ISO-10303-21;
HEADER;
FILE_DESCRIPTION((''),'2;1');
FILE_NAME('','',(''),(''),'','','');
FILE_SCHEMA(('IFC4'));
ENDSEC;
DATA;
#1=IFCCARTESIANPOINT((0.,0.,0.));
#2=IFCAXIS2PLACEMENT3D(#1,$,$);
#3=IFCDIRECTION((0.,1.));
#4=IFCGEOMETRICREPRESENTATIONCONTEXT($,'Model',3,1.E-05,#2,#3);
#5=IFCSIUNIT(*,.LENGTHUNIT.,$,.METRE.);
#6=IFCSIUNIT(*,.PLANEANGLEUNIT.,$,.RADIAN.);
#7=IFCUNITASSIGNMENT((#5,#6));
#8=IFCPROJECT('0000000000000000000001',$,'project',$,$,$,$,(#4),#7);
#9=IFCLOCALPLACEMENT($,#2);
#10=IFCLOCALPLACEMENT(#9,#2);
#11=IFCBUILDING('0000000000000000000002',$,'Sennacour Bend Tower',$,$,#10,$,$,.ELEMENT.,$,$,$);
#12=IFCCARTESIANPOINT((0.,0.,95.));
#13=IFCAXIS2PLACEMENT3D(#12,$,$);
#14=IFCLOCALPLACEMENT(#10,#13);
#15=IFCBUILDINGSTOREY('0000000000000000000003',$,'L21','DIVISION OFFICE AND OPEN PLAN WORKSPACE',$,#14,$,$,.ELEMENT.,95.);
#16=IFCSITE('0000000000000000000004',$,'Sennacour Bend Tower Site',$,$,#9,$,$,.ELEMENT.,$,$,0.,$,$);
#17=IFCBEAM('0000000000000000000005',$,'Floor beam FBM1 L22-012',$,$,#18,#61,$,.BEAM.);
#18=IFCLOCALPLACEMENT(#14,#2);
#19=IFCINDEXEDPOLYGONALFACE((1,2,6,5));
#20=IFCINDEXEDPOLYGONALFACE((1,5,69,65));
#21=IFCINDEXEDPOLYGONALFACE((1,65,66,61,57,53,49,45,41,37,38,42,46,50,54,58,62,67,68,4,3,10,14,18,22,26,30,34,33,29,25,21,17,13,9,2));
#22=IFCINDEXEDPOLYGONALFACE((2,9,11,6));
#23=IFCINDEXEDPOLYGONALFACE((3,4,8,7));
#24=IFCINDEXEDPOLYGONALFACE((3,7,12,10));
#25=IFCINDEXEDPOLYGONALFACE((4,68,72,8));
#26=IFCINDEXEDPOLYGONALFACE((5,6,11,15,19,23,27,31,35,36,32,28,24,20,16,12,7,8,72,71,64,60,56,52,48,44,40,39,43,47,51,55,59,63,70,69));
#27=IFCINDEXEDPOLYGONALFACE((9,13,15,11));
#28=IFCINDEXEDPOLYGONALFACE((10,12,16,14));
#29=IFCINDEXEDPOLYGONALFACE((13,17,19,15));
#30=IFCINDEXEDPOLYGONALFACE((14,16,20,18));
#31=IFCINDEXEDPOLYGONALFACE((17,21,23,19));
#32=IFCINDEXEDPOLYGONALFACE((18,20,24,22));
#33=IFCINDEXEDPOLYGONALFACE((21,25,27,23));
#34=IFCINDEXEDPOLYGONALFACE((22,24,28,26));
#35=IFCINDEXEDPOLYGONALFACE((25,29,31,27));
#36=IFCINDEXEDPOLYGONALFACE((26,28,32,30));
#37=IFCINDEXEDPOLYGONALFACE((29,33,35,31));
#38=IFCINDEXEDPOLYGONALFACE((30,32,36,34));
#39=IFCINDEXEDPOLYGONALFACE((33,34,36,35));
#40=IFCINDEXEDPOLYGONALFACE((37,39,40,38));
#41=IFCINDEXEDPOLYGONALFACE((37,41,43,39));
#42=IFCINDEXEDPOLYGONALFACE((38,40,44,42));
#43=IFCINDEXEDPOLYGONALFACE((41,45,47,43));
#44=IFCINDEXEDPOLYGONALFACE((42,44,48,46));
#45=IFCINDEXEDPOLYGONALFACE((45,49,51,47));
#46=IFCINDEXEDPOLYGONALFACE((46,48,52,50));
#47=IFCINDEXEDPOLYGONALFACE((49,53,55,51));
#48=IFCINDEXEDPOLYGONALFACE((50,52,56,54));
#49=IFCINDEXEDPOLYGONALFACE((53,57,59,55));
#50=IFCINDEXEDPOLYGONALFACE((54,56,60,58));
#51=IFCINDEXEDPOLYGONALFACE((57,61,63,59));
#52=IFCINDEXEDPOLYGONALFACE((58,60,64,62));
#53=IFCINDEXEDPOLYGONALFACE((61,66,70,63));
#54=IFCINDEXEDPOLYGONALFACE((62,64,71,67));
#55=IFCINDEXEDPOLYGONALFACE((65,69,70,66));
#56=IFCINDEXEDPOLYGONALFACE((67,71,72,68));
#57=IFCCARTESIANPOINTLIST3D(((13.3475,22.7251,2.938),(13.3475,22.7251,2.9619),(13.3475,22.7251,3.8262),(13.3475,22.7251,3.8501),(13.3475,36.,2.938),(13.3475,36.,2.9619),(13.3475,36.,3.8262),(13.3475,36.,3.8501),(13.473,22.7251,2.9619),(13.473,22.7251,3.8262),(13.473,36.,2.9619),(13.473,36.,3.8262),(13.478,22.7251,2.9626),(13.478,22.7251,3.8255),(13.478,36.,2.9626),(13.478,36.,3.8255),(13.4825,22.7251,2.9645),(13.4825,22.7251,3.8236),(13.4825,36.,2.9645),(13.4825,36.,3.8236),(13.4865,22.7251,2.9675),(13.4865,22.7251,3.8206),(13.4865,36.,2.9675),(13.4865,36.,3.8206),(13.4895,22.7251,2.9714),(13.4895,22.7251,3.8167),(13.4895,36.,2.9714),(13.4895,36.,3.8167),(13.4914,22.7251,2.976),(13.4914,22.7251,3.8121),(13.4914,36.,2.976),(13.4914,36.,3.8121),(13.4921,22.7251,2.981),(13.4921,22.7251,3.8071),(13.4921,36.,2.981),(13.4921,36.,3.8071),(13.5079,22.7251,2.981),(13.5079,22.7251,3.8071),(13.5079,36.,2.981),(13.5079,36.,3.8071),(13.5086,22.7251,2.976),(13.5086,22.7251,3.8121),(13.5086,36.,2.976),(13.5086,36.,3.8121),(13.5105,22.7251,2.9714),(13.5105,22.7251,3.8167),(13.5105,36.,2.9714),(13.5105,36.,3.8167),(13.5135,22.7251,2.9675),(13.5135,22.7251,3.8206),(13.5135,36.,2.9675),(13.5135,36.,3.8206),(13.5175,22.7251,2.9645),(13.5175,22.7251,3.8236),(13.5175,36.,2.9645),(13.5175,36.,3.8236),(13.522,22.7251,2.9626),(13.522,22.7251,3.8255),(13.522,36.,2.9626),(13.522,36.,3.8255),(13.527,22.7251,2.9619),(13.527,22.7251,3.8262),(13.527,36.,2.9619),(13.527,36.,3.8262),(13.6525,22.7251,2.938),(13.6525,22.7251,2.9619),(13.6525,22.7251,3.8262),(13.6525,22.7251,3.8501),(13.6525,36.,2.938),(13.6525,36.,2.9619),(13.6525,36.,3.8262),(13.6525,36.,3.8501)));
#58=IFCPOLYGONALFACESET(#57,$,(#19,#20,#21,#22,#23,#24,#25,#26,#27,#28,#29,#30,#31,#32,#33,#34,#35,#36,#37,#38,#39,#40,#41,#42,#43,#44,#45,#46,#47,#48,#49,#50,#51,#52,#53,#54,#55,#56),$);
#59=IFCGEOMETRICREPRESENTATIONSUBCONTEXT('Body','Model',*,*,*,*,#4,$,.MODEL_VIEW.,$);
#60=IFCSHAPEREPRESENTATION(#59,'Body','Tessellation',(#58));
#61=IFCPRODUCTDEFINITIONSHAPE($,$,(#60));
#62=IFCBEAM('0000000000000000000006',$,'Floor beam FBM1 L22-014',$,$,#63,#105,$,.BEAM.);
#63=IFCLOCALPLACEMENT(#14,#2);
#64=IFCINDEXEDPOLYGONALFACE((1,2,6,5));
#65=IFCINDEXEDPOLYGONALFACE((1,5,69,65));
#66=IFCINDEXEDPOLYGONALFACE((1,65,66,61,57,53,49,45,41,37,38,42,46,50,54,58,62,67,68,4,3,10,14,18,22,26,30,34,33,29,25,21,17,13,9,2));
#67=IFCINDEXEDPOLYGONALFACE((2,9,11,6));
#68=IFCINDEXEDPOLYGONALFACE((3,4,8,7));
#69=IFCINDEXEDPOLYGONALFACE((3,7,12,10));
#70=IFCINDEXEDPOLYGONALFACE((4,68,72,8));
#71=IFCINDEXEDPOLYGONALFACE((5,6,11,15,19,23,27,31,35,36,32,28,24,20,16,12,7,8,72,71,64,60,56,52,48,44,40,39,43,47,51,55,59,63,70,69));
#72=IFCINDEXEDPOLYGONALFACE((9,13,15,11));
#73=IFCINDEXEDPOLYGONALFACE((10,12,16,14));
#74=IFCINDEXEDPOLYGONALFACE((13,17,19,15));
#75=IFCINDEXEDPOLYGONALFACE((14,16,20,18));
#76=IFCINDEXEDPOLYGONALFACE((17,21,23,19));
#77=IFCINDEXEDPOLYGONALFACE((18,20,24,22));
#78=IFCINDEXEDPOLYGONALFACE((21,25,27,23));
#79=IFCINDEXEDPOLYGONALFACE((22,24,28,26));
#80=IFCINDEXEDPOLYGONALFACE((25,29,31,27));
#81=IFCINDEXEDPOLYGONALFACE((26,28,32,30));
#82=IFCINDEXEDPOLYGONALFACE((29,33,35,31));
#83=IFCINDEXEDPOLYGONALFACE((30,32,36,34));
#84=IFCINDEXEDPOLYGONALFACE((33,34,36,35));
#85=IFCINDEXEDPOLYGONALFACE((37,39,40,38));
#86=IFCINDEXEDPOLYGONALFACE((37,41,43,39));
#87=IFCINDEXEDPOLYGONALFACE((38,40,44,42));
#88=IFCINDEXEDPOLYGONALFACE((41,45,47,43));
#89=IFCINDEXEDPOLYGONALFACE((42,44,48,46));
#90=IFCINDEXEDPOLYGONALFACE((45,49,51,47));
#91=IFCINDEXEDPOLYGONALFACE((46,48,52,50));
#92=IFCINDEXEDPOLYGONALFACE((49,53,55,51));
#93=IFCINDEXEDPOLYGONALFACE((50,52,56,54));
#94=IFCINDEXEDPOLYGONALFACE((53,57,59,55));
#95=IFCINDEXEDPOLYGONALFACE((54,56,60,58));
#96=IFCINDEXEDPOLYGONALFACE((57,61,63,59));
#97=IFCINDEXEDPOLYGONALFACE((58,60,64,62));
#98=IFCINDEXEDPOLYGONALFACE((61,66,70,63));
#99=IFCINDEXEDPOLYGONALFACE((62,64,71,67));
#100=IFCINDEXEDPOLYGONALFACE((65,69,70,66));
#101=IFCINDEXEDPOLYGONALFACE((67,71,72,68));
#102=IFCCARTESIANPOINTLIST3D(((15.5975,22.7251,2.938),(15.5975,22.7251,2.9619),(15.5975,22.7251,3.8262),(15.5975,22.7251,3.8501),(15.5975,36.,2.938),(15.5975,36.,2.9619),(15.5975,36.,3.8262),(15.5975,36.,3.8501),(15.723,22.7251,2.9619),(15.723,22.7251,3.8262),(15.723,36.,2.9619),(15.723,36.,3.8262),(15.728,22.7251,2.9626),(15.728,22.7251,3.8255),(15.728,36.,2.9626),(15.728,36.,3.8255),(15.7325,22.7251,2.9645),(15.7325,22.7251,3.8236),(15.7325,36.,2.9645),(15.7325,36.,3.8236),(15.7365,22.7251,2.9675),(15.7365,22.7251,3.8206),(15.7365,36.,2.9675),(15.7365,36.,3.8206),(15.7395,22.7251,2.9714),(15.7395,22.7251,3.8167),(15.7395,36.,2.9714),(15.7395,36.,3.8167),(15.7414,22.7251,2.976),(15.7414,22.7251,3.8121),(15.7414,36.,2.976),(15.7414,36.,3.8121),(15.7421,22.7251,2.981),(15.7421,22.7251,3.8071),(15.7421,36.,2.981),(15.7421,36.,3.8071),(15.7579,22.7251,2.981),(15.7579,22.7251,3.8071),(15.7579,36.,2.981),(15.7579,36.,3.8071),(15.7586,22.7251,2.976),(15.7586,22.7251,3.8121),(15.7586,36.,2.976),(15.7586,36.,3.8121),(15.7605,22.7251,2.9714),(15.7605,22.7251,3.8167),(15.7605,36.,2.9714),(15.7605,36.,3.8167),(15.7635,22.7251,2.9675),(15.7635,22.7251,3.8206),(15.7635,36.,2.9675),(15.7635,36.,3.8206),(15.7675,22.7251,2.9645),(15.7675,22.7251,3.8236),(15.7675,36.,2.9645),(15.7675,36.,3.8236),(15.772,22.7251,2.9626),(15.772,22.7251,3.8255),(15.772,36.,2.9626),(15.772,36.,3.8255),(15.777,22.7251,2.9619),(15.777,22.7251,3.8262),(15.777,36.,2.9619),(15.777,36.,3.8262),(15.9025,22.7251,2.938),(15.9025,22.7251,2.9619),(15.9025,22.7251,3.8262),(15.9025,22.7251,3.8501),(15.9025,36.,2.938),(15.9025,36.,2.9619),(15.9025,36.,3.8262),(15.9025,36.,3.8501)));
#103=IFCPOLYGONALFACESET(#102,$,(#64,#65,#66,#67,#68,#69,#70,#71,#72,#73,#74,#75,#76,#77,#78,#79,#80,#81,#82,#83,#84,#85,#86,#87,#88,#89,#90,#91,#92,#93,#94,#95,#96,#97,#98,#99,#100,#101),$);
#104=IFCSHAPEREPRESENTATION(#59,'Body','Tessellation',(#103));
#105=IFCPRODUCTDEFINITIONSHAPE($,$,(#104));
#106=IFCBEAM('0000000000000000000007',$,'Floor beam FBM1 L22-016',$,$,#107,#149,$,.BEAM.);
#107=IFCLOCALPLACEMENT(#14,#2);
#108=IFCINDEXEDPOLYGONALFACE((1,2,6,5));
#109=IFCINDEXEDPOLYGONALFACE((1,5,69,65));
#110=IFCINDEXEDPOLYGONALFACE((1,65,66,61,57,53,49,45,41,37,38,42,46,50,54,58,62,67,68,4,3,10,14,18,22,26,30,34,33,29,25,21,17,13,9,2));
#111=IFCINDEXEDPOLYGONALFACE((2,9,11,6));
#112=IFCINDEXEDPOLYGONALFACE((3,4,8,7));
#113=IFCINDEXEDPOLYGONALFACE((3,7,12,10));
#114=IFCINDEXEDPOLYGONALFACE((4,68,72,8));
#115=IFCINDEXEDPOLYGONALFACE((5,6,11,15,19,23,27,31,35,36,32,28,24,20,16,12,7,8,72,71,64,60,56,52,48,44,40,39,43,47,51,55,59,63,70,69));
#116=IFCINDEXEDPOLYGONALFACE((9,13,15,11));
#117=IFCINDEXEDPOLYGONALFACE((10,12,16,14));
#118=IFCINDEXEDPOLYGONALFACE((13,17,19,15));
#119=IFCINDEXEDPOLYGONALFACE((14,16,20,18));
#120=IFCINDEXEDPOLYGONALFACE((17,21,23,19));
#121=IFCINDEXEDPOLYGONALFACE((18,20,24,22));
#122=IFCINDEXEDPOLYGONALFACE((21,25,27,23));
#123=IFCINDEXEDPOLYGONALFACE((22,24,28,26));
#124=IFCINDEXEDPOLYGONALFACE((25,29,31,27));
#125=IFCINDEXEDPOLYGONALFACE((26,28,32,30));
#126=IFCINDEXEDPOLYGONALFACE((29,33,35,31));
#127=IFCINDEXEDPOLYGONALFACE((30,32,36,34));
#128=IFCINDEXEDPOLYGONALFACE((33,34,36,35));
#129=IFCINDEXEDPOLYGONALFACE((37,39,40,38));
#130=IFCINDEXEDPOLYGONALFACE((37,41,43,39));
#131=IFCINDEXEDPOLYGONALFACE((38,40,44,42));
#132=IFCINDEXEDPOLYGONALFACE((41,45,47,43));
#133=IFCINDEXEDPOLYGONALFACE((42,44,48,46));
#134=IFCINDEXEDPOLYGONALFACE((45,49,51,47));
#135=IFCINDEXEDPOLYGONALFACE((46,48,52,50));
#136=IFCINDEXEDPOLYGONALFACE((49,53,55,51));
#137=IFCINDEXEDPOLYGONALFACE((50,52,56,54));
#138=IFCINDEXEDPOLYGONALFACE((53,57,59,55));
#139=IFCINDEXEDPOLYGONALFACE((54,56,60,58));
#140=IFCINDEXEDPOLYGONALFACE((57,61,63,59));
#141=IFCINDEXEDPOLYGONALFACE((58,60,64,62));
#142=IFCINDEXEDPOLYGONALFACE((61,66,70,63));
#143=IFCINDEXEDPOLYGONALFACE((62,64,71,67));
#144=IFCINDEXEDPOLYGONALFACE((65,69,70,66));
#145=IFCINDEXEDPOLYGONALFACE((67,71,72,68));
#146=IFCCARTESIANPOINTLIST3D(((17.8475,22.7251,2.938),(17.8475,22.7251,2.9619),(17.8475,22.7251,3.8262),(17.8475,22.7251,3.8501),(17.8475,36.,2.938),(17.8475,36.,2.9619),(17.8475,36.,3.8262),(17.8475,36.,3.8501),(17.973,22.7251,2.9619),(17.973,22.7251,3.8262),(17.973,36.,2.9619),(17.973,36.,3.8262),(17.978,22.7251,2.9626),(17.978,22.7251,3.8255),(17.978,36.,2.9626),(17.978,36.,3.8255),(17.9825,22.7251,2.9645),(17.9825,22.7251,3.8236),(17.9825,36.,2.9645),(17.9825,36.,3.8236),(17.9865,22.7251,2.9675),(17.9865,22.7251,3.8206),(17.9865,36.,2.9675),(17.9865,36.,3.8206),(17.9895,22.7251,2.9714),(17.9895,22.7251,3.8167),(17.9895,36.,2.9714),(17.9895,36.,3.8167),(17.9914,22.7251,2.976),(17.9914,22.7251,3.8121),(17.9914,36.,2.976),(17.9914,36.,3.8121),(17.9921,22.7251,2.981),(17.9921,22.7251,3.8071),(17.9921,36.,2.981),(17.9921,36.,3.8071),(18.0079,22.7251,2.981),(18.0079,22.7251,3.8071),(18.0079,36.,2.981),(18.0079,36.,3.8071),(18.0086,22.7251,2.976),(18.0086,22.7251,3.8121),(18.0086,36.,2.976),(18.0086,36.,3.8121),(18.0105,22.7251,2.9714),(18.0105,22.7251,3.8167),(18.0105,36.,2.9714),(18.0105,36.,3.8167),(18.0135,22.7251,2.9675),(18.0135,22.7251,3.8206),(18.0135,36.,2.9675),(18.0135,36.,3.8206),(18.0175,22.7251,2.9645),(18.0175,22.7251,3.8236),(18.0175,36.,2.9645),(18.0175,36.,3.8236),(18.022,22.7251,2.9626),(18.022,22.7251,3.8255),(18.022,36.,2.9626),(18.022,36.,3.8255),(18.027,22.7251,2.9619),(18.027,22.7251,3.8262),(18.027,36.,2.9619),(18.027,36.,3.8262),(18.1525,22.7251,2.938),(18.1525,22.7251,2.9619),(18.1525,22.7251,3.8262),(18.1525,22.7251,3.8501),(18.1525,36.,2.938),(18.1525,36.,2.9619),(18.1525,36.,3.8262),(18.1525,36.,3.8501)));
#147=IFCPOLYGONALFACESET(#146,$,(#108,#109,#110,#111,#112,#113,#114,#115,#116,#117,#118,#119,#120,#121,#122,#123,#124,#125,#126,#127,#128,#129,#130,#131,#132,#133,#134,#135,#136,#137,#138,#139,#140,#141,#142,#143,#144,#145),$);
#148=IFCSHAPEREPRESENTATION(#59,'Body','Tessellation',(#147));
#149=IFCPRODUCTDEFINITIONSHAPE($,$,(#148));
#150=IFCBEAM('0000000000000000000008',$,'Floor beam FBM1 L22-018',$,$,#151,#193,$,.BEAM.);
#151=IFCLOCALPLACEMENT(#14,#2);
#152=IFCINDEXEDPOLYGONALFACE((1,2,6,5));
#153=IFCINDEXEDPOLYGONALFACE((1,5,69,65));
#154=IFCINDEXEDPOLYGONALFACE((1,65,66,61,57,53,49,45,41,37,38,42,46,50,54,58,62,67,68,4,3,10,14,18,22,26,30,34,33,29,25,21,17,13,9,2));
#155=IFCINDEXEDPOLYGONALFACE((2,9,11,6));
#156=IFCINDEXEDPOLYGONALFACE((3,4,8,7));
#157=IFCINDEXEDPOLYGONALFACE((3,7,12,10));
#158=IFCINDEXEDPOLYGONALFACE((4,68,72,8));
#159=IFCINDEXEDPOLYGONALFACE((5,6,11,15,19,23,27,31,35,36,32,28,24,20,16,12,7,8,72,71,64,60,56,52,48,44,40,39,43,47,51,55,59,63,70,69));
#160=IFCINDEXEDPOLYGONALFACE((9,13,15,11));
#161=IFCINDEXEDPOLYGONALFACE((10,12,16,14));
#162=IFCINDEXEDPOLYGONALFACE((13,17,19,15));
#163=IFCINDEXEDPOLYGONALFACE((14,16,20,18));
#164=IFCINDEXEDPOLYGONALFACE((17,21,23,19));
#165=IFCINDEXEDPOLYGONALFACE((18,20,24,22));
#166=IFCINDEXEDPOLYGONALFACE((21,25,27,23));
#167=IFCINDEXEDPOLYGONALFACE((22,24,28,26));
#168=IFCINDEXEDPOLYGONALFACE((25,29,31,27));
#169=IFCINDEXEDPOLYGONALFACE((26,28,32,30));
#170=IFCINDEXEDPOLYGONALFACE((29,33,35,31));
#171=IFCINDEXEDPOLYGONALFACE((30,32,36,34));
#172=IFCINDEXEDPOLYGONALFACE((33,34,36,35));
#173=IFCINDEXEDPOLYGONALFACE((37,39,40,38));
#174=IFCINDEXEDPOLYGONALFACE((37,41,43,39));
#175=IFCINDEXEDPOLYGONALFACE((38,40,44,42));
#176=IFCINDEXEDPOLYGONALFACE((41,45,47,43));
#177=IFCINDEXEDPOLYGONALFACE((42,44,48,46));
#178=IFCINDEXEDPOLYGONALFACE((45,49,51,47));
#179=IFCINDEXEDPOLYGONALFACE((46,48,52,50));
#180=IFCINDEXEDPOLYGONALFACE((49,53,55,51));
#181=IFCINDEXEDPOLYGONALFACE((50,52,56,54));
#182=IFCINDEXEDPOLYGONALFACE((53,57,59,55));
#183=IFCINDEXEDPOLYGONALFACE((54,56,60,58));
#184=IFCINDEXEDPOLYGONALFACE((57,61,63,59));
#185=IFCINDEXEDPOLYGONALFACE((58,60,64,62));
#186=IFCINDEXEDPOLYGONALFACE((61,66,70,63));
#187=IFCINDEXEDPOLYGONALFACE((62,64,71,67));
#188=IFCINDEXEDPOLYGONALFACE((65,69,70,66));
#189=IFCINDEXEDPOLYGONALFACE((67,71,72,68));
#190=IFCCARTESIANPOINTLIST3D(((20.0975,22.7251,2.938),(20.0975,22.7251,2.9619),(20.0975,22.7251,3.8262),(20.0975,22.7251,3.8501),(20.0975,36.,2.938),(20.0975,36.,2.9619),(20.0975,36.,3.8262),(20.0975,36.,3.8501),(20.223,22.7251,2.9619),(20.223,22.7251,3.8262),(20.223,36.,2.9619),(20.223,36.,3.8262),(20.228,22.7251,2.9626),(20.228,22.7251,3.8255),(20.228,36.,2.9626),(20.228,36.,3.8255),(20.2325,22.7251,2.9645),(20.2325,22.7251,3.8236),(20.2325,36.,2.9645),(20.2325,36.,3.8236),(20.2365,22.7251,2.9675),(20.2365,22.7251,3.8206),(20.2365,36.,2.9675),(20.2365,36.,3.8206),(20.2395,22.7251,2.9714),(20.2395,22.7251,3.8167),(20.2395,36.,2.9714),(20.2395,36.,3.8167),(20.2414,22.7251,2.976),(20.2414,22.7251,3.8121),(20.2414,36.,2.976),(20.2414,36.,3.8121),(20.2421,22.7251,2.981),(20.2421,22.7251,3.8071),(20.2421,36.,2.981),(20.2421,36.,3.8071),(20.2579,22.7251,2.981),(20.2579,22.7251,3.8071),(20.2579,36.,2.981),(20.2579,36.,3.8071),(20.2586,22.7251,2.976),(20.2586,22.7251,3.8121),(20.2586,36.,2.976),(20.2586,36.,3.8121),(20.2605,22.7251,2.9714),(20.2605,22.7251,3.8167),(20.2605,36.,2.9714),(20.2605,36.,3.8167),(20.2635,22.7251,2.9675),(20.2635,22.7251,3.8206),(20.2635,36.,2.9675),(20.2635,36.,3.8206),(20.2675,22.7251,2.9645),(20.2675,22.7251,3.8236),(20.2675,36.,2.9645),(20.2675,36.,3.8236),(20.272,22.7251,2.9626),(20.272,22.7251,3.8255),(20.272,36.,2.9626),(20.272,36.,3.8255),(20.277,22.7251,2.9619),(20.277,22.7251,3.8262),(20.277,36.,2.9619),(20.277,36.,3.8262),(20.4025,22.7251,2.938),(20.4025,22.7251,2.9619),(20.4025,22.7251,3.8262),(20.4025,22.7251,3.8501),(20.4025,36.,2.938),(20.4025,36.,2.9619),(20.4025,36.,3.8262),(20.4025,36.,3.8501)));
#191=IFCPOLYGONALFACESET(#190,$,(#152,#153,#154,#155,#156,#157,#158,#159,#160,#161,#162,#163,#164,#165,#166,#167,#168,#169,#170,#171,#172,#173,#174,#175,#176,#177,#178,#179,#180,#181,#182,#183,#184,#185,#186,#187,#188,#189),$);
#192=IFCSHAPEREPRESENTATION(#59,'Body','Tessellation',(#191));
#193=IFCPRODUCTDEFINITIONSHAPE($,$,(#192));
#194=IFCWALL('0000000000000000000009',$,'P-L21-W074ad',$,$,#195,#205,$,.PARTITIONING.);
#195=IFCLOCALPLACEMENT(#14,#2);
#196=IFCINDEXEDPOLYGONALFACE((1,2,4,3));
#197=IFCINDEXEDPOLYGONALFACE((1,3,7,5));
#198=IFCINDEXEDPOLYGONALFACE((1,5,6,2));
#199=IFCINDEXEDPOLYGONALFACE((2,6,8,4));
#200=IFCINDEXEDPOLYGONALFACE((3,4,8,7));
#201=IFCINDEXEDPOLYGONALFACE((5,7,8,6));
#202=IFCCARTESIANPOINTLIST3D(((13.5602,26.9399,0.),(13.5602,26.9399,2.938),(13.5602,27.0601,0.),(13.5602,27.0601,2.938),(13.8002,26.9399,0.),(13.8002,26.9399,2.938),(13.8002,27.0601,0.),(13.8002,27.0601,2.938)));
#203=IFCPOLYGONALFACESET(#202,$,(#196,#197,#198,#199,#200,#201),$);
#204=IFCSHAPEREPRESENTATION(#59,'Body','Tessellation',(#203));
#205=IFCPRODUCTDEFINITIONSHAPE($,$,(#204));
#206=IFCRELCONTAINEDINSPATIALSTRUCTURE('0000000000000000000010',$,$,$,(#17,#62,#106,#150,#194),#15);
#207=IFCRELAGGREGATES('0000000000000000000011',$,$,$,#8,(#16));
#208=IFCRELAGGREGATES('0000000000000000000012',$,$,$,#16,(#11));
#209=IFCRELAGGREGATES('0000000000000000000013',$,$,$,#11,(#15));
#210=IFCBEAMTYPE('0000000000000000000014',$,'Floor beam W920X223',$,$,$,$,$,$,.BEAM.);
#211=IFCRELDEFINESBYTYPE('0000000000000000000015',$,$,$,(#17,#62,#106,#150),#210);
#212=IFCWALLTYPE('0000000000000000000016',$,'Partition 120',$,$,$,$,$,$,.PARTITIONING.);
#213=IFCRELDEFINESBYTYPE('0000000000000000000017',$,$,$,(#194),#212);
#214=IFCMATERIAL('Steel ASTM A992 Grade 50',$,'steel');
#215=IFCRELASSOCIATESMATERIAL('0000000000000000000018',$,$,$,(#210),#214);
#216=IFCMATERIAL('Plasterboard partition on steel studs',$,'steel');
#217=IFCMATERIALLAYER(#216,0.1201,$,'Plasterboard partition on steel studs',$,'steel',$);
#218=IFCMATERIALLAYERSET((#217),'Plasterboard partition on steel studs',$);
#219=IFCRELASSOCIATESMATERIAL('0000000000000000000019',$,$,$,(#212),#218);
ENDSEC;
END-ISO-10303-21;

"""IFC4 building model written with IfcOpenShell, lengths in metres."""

from ifc_helpers import new_model, si_unit, direction, frame, frame_2d, origin, origin_2d, place, context, subcontext, project, spatial, rectangle, i_section, extrude, material, layer, layer_set, material_profile, profile_set, type_object, element, save


model = new_model("IFC4")

# Units and contexts
model_context = context("Model", 3, precision=1e-05, world=origin(), true_north=direction((0.0, 1.0)))
body_context = subcontext(model_context, "Body", "Model", "MODEL_VIEW")
ifc_project = project(units=[si_unit("LENGTHUNIT", "METRE"), si_unit("PLANEANGLEUNIT", "RADIAN")], contexts=[model_context])

# Site, building, storey
site_placement = place(None, origin())
site = spatial("IfcSite", under=ifc_project, at=site_placement, Name="Sennacour Bend Tower Site", CompositionType="ELEMENT", RefElevation=0.0)
building_placement = place(site_placement, origin())
building = spatial("IfcBuilding", under=site, at=building_placement, Name="Sennacour Bend Tower", CompositionType="ELEMENT")
storey_placement = place(building_placement, frame((0.0, 0.0, 95.0)))
storey = spatial("IfcBuildingStorey", under=building, at=storey_placement, Name="L21", Description="DIVISION OFFICE AND OPEN PLAN WORKSPACE", CompositionType="ELEMENT", Elevation=95.0)

# Beams
ifc_material_1 = material(Name="Steel ASTM A992 Grade 50", Category="steel")
ifc_material_profile = material_profile(ifc_material_1, i_section(OverallWidth=0.3049, OverallDepth=0.9121, WebThickness=0.0159, FlangeThickness=0.0239, FilletRadius=0.019, at=origin_2d()), Name="Steel ASTM A992 Grade 50", Category="steel")
ifc_profile_set = profile_set([ifc_material_profile], Name="Steel ASTM A992 Grade 50")
beam_type = type_object("IfcBeamType", Name="Floor beam W920X223", PredefinedType="BEAM", material=ifc_profile_set)
for number, where, z_axis, x_axis, name in (
    (1, (13.5, 22.7251, 3.394), (0.0, 1.0, 0.0), (-1.0, 0.0, 0.0), "Floor beam FBM1 L22-012"),
    (2, (15.75, 22.7251, 3.394), (0.0, 1.0, 0.0), (-1.0, 0.0, 0.0), "Floor beam FBM1 L22-014"),
    (3, (18.0, 22.7251, 3.394), (0.0, 1.0, 0.0), (-1.0, 0.0, 0.0), "Floor beam FBM1 L22-016"),
    (4, (20.25, 22.7251, 3.394), (0.0, 1.0, 0.0), (-1.0, 0.0, 0.0), "Floor beam FBM1 L22-018"),
):
    element("IfcBeam", number, at=place(storey_placement, frame(where, z_axis=z_axis, x_axis=x_axis)), inside=storey, type_object=beam_type, Name=name, PredefinedType="BEAM", context=body_context, shape_type="SweptSolid", body=[
        extrude(i_section(OverallWidth=0.3049, OverallDepth=0.9121, WebThickness=0.0159, FlangeThickness=0.0239, FilletRadius=0.019, at=origin_2d()), origin(), (0.0, 0.0, 1.0), 13.2749),
    ])

# Wall
ifc_material_2 = material(Name="Plasterboard partition on steel studs", Category="steel")
ifc_layer_1 = layer(ifc_material_2, 0.1201, Name="Plasterboard partition on steel studs", Category="steel")
ifc_layer_set_1 = layer_set([ifc_layer_1], Name="Plasterboard partition on steel studs")
wall_type_1 = type_object("IfcWallType", Name="Partition 120", PredefinedType="PARTITIONING", material=ifc_layer_set_1)
for number, where, z_axis, x_axis, name in (
    (5, (13.5601, 27.0, 0.0), (0.0, 0.0, 1.0), (1.0, 0.0, 0.0), "P-L21-W074ad"),
):
    element("IfcWall", number, at=place(storey_placement, frame(where, z_axis=z_axis, x_axis=x_axis)), inside=storey, type_object=wall_type_1, Name=name, PredefinedType="PARTITIONING", context=body_context, shape_type="SweptSolid", body=[
        extrude(rectangle(XDim=0.24, YDim=0.1201, at=frame_2d((0.1201, 0.0))), origin(), (0.0, 0.0, 1.0), 2.938),
    ])

save(model, "model.ifc")
